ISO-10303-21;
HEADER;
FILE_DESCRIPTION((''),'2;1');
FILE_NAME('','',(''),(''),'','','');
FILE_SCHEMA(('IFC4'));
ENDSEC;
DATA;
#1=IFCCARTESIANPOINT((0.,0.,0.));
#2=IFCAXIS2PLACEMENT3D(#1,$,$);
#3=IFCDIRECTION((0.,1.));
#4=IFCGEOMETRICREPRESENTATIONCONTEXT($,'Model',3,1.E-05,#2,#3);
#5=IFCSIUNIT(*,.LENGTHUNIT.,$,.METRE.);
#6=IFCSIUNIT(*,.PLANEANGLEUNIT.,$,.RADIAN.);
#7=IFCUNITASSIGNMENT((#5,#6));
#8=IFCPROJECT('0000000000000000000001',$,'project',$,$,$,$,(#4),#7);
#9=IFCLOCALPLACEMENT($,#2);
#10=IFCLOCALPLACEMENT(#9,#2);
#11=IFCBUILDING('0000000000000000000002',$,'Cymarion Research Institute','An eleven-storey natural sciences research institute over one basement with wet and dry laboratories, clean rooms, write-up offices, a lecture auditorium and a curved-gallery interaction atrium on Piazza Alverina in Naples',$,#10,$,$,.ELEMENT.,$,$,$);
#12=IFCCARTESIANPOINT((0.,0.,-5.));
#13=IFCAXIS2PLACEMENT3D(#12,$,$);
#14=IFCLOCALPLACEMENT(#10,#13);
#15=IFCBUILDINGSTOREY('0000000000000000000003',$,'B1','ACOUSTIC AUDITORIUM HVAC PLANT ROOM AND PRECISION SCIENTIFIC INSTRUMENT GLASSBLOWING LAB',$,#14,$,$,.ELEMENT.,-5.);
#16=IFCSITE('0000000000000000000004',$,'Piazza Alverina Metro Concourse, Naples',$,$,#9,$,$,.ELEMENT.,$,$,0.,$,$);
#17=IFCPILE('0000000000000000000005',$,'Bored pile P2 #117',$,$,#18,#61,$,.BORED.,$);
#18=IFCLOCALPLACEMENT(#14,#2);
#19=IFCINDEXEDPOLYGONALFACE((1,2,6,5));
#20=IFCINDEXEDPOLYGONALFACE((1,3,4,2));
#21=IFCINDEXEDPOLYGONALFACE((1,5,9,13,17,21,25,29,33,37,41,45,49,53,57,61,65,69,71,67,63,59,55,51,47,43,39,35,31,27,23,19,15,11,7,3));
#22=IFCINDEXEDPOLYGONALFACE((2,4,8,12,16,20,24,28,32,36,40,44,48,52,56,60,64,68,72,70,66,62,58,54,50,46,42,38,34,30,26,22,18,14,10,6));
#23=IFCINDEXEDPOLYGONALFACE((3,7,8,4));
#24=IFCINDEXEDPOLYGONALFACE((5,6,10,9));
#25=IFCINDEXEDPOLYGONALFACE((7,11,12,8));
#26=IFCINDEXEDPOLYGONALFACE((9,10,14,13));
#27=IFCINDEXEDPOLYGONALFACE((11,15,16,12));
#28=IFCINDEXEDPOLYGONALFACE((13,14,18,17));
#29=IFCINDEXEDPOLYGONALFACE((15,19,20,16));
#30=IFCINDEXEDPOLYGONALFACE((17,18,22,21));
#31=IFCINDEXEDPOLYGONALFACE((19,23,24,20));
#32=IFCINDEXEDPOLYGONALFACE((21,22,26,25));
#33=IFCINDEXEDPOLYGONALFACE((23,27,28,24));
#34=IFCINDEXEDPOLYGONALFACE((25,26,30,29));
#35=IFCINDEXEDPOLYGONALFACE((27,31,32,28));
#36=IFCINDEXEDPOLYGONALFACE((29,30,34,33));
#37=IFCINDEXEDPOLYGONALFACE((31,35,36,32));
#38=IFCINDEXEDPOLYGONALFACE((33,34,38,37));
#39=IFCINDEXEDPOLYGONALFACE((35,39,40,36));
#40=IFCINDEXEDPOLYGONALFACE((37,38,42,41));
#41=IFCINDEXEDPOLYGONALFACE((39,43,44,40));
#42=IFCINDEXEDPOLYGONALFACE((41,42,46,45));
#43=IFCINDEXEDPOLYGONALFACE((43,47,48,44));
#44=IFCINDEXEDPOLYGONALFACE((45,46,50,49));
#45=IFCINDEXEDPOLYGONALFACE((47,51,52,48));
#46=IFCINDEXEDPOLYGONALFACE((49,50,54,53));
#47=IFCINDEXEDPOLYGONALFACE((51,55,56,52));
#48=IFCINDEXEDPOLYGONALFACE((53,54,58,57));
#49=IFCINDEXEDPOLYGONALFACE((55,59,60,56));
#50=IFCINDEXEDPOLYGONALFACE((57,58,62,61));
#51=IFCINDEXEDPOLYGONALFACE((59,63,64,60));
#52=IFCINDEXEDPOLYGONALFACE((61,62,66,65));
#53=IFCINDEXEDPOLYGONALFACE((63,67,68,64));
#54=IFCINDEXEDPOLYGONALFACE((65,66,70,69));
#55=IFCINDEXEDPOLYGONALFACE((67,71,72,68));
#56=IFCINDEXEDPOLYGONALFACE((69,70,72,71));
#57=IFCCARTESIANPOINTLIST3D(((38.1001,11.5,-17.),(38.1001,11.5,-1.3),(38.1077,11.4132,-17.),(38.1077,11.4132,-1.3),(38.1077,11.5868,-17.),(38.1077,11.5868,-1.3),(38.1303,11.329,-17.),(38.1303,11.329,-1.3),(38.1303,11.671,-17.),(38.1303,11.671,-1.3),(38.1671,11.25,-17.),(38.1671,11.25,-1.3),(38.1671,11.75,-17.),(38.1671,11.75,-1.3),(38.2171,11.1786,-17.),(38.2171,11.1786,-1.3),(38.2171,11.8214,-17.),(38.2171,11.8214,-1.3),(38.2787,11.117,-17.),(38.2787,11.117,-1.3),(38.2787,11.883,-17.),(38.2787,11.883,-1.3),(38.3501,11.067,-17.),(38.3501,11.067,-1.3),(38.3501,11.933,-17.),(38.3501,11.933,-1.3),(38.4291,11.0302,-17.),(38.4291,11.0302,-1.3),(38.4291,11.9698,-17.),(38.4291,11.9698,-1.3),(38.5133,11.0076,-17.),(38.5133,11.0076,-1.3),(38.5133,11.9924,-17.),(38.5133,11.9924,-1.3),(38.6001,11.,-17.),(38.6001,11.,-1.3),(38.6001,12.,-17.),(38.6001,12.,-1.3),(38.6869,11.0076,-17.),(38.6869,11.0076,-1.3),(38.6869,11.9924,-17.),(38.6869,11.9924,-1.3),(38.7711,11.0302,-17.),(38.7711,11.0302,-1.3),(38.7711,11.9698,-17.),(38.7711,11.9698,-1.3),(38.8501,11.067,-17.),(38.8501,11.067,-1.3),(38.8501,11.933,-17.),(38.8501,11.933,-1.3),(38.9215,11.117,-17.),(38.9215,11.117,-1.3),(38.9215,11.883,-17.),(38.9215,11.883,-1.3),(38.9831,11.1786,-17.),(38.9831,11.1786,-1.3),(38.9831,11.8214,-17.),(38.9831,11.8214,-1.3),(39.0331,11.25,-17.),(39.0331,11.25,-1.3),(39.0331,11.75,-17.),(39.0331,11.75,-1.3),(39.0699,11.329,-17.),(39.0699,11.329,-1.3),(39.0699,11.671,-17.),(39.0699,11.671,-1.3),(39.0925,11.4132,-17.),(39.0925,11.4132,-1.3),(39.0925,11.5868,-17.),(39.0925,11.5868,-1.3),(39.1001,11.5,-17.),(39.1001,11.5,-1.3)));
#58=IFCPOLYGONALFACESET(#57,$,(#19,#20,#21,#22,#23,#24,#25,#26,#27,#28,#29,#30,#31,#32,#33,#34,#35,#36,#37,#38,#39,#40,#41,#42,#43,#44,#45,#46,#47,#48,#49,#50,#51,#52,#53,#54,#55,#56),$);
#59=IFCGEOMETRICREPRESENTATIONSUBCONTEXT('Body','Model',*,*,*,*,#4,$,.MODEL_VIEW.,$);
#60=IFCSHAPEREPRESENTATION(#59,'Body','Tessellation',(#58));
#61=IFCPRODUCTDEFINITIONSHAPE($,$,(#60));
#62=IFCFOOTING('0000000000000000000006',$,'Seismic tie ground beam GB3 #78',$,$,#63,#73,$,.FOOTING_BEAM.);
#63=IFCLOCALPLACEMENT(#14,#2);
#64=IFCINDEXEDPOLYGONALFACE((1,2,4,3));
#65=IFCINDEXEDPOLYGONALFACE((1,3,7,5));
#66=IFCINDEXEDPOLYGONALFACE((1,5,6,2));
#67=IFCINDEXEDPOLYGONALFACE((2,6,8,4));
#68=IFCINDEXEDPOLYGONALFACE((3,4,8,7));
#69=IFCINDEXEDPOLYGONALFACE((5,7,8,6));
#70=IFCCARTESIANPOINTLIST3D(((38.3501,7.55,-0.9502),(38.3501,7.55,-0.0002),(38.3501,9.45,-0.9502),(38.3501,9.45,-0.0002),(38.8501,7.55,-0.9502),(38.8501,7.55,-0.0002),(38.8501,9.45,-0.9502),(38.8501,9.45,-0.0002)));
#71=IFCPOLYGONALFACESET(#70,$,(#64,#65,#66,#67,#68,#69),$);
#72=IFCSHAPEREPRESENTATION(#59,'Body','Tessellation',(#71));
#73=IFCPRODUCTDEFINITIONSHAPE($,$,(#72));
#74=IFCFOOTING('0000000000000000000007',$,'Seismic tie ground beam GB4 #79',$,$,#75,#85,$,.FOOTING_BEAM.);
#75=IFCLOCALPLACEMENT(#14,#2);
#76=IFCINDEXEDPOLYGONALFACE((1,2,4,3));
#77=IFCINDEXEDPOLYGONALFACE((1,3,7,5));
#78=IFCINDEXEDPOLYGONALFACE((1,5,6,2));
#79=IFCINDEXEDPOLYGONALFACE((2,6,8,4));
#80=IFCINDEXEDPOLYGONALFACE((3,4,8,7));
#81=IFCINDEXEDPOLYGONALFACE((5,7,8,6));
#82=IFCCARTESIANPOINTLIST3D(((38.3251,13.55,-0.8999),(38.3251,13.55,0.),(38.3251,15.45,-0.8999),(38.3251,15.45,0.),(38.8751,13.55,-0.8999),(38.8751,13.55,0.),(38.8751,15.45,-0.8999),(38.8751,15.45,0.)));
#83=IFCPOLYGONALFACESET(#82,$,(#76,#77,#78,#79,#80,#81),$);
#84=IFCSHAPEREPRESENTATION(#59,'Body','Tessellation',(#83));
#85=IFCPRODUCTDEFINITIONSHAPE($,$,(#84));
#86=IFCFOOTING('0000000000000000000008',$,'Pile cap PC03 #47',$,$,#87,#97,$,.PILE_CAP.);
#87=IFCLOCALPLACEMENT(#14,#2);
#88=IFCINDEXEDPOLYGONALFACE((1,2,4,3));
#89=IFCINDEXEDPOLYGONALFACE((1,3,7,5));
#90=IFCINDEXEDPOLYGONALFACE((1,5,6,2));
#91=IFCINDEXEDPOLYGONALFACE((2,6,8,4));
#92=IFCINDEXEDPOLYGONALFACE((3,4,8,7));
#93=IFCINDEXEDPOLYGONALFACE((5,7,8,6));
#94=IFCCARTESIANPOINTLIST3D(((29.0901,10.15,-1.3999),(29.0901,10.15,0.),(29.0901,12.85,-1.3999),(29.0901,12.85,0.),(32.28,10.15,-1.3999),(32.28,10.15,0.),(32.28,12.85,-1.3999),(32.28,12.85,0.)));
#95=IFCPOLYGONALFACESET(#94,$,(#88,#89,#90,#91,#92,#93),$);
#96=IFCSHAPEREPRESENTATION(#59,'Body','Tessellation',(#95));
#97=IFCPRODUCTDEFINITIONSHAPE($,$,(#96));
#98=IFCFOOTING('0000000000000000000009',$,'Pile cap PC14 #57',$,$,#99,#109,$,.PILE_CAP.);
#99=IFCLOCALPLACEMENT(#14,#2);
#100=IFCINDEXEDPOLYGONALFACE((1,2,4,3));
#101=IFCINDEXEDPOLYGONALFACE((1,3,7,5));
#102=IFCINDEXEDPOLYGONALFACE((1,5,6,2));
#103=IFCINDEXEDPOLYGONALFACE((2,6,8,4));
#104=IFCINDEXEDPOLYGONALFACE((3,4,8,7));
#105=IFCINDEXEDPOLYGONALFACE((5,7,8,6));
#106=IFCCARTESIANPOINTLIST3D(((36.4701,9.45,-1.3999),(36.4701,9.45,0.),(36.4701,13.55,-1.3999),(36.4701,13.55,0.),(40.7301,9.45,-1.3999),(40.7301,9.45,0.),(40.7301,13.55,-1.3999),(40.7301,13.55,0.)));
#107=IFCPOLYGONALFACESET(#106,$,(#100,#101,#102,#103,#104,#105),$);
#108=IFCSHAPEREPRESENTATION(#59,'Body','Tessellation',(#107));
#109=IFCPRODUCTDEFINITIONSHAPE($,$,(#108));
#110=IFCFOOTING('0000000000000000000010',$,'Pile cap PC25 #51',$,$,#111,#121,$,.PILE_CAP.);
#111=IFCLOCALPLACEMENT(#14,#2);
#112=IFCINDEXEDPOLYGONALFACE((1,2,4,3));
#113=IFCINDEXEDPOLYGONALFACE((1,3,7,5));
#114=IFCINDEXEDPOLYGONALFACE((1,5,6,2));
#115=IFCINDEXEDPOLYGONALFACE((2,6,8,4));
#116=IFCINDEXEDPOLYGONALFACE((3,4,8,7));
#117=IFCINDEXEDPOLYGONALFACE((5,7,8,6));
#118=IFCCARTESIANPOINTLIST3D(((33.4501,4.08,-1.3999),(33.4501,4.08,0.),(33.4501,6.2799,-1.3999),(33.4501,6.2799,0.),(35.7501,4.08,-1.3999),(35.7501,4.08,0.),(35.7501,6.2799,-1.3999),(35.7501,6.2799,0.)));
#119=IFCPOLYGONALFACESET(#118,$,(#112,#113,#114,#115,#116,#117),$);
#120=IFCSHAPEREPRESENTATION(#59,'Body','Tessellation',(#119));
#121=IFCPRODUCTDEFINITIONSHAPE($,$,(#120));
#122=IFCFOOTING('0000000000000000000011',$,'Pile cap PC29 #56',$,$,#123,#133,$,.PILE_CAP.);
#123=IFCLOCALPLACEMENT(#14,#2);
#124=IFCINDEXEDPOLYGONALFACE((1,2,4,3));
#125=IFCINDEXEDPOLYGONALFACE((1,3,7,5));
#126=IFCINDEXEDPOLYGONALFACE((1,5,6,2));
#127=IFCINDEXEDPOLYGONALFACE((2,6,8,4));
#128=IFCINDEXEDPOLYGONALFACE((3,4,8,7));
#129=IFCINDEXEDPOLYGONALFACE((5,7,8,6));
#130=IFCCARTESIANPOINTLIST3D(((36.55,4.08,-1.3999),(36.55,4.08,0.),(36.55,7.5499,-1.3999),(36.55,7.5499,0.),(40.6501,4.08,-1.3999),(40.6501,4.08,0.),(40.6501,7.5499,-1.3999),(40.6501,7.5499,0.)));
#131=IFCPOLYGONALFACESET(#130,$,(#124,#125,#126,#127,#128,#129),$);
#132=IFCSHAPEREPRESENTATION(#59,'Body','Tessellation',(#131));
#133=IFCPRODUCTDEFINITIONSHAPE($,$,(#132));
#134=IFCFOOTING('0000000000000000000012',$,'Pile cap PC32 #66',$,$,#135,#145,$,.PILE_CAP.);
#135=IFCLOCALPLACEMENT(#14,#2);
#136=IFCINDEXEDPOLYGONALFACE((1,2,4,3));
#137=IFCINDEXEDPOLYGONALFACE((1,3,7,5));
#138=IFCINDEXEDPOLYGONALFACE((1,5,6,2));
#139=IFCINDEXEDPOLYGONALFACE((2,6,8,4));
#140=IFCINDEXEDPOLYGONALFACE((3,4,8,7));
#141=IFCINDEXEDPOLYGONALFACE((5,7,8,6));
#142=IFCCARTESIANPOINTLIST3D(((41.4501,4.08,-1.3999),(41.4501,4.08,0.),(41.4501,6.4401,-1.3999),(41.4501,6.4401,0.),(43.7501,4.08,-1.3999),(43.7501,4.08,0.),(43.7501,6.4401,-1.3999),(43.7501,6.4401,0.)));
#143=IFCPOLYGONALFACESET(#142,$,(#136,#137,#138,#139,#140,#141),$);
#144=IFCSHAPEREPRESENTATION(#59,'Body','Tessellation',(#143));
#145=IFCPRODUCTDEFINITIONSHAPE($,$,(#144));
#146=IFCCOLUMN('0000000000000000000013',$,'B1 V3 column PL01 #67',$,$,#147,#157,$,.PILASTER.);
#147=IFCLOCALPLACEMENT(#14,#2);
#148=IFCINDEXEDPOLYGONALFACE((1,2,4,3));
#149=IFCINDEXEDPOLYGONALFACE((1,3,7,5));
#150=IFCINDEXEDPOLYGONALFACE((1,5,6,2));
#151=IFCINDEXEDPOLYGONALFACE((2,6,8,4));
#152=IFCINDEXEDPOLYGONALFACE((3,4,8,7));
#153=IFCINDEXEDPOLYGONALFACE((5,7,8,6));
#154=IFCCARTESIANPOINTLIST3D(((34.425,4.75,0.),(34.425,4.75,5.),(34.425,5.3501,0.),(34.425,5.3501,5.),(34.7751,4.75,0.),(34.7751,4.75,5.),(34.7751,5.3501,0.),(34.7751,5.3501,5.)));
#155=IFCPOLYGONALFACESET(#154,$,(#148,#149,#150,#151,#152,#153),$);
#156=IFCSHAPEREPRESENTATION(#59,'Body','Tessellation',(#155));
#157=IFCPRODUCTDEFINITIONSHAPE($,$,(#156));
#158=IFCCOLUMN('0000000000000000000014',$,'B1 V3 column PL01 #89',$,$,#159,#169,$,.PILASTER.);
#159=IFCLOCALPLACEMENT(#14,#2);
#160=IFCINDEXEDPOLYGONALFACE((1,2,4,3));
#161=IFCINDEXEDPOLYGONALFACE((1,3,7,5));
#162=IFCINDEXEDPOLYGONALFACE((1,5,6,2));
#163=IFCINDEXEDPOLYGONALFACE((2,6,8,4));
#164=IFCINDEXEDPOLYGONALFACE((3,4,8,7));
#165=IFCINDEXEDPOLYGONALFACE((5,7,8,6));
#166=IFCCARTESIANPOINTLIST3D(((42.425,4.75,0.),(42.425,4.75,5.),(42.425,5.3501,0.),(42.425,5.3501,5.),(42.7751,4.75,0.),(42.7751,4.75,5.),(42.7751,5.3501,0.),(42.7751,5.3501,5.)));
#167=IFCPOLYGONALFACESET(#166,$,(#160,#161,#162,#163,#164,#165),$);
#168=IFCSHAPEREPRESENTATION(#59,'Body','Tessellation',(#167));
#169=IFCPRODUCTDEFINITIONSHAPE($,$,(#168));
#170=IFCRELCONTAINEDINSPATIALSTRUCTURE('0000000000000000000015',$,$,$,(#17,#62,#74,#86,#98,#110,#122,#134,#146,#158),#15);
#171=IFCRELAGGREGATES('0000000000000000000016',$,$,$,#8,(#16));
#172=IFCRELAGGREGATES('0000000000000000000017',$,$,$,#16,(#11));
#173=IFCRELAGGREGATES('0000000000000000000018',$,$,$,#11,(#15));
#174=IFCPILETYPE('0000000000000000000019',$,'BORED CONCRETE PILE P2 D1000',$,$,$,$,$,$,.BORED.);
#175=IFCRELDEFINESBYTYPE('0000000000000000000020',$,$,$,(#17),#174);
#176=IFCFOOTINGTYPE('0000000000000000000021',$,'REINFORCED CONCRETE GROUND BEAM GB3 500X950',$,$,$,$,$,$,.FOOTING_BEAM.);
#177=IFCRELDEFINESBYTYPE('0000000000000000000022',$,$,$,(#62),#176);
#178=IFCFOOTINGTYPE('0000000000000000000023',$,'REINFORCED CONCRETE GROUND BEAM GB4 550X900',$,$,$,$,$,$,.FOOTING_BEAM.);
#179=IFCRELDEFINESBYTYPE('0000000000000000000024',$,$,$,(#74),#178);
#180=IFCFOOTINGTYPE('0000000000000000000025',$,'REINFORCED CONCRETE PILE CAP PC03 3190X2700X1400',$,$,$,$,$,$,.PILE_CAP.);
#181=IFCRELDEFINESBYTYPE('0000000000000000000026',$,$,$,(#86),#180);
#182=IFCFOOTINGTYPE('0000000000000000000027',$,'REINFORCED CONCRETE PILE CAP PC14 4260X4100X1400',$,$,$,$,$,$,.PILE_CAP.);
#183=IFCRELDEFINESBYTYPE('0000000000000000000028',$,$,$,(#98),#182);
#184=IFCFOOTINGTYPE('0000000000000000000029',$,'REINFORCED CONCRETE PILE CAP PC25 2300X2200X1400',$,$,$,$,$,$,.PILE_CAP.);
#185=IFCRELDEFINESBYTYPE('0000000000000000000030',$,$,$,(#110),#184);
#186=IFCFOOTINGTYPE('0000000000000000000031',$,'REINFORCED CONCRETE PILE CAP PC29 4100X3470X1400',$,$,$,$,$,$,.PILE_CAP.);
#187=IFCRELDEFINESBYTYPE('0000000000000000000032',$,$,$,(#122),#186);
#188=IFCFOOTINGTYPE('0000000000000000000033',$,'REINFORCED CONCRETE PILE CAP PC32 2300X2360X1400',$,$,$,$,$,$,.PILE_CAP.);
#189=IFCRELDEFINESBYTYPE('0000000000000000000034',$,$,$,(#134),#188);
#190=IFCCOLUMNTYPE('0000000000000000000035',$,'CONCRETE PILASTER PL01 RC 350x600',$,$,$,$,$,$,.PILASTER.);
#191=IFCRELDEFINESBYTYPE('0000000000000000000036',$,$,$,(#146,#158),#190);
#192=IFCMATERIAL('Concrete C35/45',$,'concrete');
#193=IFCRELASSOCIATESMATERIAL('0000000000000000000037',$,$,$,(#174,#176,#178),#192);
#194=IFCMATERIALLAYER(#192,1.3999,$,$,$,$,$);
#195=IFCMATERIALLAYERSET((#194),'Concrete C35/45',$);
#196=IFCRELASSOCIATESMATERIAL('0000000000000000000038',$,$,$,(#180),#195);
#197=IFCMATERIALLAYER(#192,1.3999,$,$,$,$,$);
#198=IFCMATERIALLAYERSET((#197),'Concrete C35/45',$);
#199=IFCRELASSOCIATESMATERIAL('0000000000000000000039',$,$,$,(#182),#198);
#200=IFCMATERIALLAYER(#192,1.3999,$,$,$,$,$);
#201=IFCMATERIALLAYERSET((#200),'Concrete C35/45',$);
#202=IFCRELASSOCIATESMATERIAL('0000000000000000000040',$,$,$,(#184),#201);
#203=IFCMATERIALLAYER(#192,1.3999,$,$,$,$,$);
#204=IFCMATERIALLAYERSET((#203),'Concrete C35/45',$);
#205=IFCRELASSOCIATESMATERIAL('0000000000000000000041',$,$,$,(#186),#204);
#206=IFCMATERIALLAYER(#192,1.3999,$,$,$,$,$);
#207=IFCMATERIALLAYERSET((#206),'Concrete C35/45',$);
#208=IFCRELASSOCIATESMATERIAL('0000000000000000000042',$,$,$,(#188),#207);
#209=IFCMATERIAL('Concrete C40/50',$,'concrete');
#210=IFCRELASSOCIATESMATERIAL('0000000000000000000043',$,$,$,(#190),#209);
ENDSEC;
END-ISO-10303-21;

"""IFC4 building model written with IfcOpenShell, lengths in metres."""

from ifc_helpers import new_model, si_unit, direction, frame, origin, origin_2d, place, context, subcontext, project, spatial, rectangle, circle, extrude, material, layer, layer_set, material_profile, profile_set, type_object, element, save


model = new_model("IFC4")

# Units and contexts
model_context = context("Model", 3, precision=1e-05, world=origin(), true_north=direction((0.0, 1.0)))
body_context = subcontext(model_context, "Body", "Model", "MODEL_VIEW")
ifc_project = project(units=[si_unit("LENGTHUNIT", "METRE"), si_unit("PLANEANGLEUNIT", "RADIAN")], contexts=[model_context])

# Site, building, storey
site_placement = place(None, origin())
site = spatial("IfcSite", under=ifc_project, at=site_placement, Name="Piazza Alverina Metro Concourse, Naples", CompositionType="ELEMENT", RefElevation=0.0)
building_placement = place(site_placement, origin())
building = spatial("IfcBuilding", under=site, at=building_placement, Name="Cymarion Research Institute", Description="An eleven-storey natural sciences research institute over one basement with wet and dry laboratories, clean rooms, write-up offices, a lecture auditorium and a curved-gallery interaction atrium on Piazza Alverina in Naples", CompositionType="ELEMENT")
storey_placement = place(building_placement, frame((0.0, 0.0, -5.0)))
storey = spatial("IfcBuildingStorey", under=building, at=storey_placement, Name="B1", Description="ACOUSTIC AUDITORIUM HVAC PLANT ROOM AND PRECISION SCIENTIFIC INSTRUMENT GLASSBLOWING LAB", CompositionType="ELEMENT", Elevation=-5.0)

# Pile
ifc_material_1 = material(Name="Concrete C35/45", Category="concrete")
ifc_material_profile_1 = material_profile(ifc_material_1, circle(Radius=0.5, at=origin_2d()), Name="BORED PILE D1000")
ifc_profile_set_1 = profile_set([ifc_material_profile_1], Name="Concrete C35/45")
pile_type_1 = type_object("IfcPileType", Name="BORED CONCRETE PILE P2 D1000", PredefinedType="BORED", material=ifc_profile_set_1)
for number, where, z_axis, x_axis, name in (
    (1, (38.6001, 11.5, -1.3), (0.0, 0.0, -1.0), (1.0, 0.0, 0.0), "Bored pile P2 #117"),
):
    element("IfcPile", number, at=place(storey_placement, frame(where, z_axis=z_axis, x_axis=x_axis)), inside=storey, type_object=pile_type_1, Name=name, PredefinedType="BORED", context=body_context, shape_type="SweptSolid", body=[
        extrude(circle(Radius=0.5, at=origin_2d()), origin(), (0.0, 0.0, 1.0), 15.7),
    ])

# Footings
footing_type_1 = type_object("IfcFootingType", Name="REINFORCED CONCRETE GROUND BEAM GB3 500X950", PredefinedType="FOOTING_BEAM", material=ifc_material_1)
footing_1_placement = place(storey_placement, frame((38.6001, 8.5, -0.9502), z_axis=(0.0, 0.0, 1.0), x_axis=(0.0, 1.0, 0.0)))
element("IfcFooting", 2, at=footing_1_placement, inside=storey, type_object=footing_type_1, Name="Seismic tie ground beam GB3 #78", PredefinedType="FOOTING_BEAM", context=body_context, shape_type="SweptSolid", body=[
    extrude(rectangle(XDim=1.8999, YDim=0.5, at=origin_2d()), origin(), (0.0, 0.0, 1.0), 0.95),
])
footing_type_2 = type_object("IfcFootingType", Name="REINFORCED CONCRETE GROUND BEAM GB4 550X900", PredefinedType="FOOTING_BEAM", material=ifc_material_1)
footing_2_placement = place(storey_placement, frame((38.6001, 14.5, -0.8999), z_axis=(0.0, 0.0, 1.0), x_axis=(0.0, 1.0, 0.0)))
element("IfcFooting", 3, at=footing_2_placement, inside=storey, type_object=footing_type_2, Name="Seismic tie ground beam GB4 #79", PredefinedType="FOOTING_BEAM", context=body_context, shape_type="SweptSolid", body=[
    extrude(rectangle(XDim=1.8999, YDim=0.55, at=origin_2d()), origin(), (0.0, 0.0, 1.0), 0.8999),
])
ifc_layer_1 = layer(ifc_material_1, 1.3999)
ifc_layer_set_1 = layer_set([ifc_layer_1], Name="Concrete C35/45")
footing_type_3 = type_object("IfcFootingType", Name="REINFORCED CONCRETE PILE CAP PC03 3190X2700X1400", PredefinedType="PILE_CAP", material=ifc_layer_set_1)
footing_3_placement = place(storey_placement, frame((30.6851, 11.5, -1.3999), z_axis=(0.0, 0.0, 1.0), x_axis=(1.0, 0.0, 0.0)))
element("IfcFooting", 4, at=footing_3_placement, inside=storey, type_object=footing_type_3, Name="Pile cap PC03 #47", PredefinedType="PILE_CAP", context=body_context, shape_type="SweptSolid", body=[
    extrude(rectangle(XDim=3.1899, YDim=2.7, at=origin_2d()), origin(), (0.0, 0.0, 1.0), 1.3999),
])
ifc_layer_2 = layer(ifc_material_1, 1.3999)
ifc_layer_set_2 = layer_set([ifc_layer_2], Name="Concrete C35/45")
footing_type_4 = type_object("IfcFootingType", Name="REINFORCED CONCRETE PILE CAP PC14 4260X4100X1400", PredefinedType="PILE_CAP", material=ifc_layer_set_2)
footing_4_placement = place(storey_placement, frame((38.6001, 11.5, -1.3999), z_axis=(0.0, 0.0, 1.0), x_axis=(1.0, 0.0, 0.0)))
element("IfcFooting", 5, at=footing_4_placement, inside=storey, type_object=footing_type_4, Name="Pile cap PC14 #57", PredefinedType="PILE_CAP", context=body_context, shape_type="SweptSolid", body=[
    extrude(rectangle(XDim=4.26, YDim=4.1001, at=origin_2d()), origin(), (0.0, 0.0, 1.0), 1.3999),
])
ifc_layer_3 = layer(ifc_material_1, 1.3999)
ifc_layer_set_3 = layer_set([ifc_layer_3], Name="Concrete C35/45")
footing_type_5 = type_object("IfcFootingType", Name="REINFORCED CONCRETE PILE CAP PC25 2300X2200X1400", PredefinedType="PILE_CAP", material=ifc_layer_set_3)
footing_5_placement = place(storey_placement, frame((34.6001, 5.1799, -1.3999), z_axis=(0.0, 0.0, 1.0), x_axis=(1.0, 0.0, 0.0)))
element("IfcFooting", 6, at=footing_5_placement, inside=storey, type_object=footing_type_5, Name="Pile cap PC25 #51", PredefinedType="PILE_CAP", context=body_context, shape_type="SweptSolid", body=[
    extrude(rectangle(XDim=2.3, YDim=2.2, at=origin_2d()), origin(), (0.0, 0.0, 1.0), 1.3999),
])
ifc_layer_4 = layer(ifc_material_1, 1.3999)
ifc_layer_set_4 = layer_set([ifc_layer_4], Name="Concrete C35/45")
footing_type_6 = type_object("IfcFootingType", Name="REINFORCED CONCRETE PILE CAP PC29 4100X3470X1400", PredefinedType="PILE_CAP", material=ifc_layer_set_4)
footing_6_placement = place(storey_placement, frame((38.6001, 5.8149, -1.3999), z_axis=(0.0, 0.0, 1.0), x_axis=(1.0, 0.0, 0.0)))
element("IfcFooting", 7, at=footing_6_placement, inside=storey, type_object=footing_type_6, Name="Pile cap PC29 #56", PredefinedType="PILE_CAP", context=body_context, shape_type="SweptSolid", body=[
    extrude(rectangle(XDim=4.1001, YDim=3.47, at=origin_2d()), origin(), (0.0, 0.0, 1.0), 1.3999),
])
ifc_layer_5 = layer(ifc_material_1, 1.3999)
ifc_layer_set_5 = layer_set([ifc_layer_5], Name="Concrete C35/45")
footing_type_7 = type_object("IfcFootingType", Name="REINFORCED CONCRETE PILE CAP PC32 2300X2360X1400", PredefinedType="PILE_CAP", material=ifc_layer_set_5)
footing_7_placement = place(storey_placement, frame((42.6001, 5.26, -1.3999), z_axis=(0.0, 0.0, 1.0), x_axis=(1.0, 0.0, 0.0)))
element("IfcFooting", 8, at=footing_7_placement, inside=storey, type_object=footing_type_7, Name="Pile cap PC32 #66", PredefinedType="PILE_CAP", context=body_context, shape_type="SweptSolid", body=[
    extrude(rectangle(XDim=2.3, YDim=2.3601, at=origin_2d()), origin(), (0.0, 0.0, 1.0), 1.3999),
])

# Columns
ifc_material_2 = material(Name="Concrete C40/50", Category="concrete")
ifc_material_profile_2 = material_profile(ifc_material_2, rectangle(XDim=0.3501, YDim=0.6001, at=origin_2d()), Name="RC 350x600")
ifc_profile_set_2 = profile_set([ifc_material_profile_2], Name="Concrete C40/50")
column_type_1 = type_object("IfcColumnType", Name="CONCRETE PILASTER PL01 RC 350x600", PredefinedType="PILASTER", material=ifc_profile_set_2)
for number, where, z_axis, x_axis, name in (
    (9, (34.6001, 5.05, 0.0), (0.0, 0.0, 1.0), (1.0, 0.0, 0.0), "B1 V3 column PL01 #67"),
    (10, (42.6001, 5.05, 0.0), (0.0, 0.0, 1.0), (1.0, 0.0, 0.0), "B1 V3 column PL01 #89"),
):
    element("IfcColumn", number, at=place(storey_placement, frame(where, z_axis=z_axis, x_axis=x_axis)), inside=storey, type_object=column_type_1, Name=name, PredefinedType="PILASTER", context=body_context, shape_type="SweptSolid", body=[
        extrude(rectangle(XDim=0.3501, YDim=0.6001, at=origin_2d()), origin(), (0.0, 0.0, 1.0), 5.0),
    ])

save(model, "model.ifc")
